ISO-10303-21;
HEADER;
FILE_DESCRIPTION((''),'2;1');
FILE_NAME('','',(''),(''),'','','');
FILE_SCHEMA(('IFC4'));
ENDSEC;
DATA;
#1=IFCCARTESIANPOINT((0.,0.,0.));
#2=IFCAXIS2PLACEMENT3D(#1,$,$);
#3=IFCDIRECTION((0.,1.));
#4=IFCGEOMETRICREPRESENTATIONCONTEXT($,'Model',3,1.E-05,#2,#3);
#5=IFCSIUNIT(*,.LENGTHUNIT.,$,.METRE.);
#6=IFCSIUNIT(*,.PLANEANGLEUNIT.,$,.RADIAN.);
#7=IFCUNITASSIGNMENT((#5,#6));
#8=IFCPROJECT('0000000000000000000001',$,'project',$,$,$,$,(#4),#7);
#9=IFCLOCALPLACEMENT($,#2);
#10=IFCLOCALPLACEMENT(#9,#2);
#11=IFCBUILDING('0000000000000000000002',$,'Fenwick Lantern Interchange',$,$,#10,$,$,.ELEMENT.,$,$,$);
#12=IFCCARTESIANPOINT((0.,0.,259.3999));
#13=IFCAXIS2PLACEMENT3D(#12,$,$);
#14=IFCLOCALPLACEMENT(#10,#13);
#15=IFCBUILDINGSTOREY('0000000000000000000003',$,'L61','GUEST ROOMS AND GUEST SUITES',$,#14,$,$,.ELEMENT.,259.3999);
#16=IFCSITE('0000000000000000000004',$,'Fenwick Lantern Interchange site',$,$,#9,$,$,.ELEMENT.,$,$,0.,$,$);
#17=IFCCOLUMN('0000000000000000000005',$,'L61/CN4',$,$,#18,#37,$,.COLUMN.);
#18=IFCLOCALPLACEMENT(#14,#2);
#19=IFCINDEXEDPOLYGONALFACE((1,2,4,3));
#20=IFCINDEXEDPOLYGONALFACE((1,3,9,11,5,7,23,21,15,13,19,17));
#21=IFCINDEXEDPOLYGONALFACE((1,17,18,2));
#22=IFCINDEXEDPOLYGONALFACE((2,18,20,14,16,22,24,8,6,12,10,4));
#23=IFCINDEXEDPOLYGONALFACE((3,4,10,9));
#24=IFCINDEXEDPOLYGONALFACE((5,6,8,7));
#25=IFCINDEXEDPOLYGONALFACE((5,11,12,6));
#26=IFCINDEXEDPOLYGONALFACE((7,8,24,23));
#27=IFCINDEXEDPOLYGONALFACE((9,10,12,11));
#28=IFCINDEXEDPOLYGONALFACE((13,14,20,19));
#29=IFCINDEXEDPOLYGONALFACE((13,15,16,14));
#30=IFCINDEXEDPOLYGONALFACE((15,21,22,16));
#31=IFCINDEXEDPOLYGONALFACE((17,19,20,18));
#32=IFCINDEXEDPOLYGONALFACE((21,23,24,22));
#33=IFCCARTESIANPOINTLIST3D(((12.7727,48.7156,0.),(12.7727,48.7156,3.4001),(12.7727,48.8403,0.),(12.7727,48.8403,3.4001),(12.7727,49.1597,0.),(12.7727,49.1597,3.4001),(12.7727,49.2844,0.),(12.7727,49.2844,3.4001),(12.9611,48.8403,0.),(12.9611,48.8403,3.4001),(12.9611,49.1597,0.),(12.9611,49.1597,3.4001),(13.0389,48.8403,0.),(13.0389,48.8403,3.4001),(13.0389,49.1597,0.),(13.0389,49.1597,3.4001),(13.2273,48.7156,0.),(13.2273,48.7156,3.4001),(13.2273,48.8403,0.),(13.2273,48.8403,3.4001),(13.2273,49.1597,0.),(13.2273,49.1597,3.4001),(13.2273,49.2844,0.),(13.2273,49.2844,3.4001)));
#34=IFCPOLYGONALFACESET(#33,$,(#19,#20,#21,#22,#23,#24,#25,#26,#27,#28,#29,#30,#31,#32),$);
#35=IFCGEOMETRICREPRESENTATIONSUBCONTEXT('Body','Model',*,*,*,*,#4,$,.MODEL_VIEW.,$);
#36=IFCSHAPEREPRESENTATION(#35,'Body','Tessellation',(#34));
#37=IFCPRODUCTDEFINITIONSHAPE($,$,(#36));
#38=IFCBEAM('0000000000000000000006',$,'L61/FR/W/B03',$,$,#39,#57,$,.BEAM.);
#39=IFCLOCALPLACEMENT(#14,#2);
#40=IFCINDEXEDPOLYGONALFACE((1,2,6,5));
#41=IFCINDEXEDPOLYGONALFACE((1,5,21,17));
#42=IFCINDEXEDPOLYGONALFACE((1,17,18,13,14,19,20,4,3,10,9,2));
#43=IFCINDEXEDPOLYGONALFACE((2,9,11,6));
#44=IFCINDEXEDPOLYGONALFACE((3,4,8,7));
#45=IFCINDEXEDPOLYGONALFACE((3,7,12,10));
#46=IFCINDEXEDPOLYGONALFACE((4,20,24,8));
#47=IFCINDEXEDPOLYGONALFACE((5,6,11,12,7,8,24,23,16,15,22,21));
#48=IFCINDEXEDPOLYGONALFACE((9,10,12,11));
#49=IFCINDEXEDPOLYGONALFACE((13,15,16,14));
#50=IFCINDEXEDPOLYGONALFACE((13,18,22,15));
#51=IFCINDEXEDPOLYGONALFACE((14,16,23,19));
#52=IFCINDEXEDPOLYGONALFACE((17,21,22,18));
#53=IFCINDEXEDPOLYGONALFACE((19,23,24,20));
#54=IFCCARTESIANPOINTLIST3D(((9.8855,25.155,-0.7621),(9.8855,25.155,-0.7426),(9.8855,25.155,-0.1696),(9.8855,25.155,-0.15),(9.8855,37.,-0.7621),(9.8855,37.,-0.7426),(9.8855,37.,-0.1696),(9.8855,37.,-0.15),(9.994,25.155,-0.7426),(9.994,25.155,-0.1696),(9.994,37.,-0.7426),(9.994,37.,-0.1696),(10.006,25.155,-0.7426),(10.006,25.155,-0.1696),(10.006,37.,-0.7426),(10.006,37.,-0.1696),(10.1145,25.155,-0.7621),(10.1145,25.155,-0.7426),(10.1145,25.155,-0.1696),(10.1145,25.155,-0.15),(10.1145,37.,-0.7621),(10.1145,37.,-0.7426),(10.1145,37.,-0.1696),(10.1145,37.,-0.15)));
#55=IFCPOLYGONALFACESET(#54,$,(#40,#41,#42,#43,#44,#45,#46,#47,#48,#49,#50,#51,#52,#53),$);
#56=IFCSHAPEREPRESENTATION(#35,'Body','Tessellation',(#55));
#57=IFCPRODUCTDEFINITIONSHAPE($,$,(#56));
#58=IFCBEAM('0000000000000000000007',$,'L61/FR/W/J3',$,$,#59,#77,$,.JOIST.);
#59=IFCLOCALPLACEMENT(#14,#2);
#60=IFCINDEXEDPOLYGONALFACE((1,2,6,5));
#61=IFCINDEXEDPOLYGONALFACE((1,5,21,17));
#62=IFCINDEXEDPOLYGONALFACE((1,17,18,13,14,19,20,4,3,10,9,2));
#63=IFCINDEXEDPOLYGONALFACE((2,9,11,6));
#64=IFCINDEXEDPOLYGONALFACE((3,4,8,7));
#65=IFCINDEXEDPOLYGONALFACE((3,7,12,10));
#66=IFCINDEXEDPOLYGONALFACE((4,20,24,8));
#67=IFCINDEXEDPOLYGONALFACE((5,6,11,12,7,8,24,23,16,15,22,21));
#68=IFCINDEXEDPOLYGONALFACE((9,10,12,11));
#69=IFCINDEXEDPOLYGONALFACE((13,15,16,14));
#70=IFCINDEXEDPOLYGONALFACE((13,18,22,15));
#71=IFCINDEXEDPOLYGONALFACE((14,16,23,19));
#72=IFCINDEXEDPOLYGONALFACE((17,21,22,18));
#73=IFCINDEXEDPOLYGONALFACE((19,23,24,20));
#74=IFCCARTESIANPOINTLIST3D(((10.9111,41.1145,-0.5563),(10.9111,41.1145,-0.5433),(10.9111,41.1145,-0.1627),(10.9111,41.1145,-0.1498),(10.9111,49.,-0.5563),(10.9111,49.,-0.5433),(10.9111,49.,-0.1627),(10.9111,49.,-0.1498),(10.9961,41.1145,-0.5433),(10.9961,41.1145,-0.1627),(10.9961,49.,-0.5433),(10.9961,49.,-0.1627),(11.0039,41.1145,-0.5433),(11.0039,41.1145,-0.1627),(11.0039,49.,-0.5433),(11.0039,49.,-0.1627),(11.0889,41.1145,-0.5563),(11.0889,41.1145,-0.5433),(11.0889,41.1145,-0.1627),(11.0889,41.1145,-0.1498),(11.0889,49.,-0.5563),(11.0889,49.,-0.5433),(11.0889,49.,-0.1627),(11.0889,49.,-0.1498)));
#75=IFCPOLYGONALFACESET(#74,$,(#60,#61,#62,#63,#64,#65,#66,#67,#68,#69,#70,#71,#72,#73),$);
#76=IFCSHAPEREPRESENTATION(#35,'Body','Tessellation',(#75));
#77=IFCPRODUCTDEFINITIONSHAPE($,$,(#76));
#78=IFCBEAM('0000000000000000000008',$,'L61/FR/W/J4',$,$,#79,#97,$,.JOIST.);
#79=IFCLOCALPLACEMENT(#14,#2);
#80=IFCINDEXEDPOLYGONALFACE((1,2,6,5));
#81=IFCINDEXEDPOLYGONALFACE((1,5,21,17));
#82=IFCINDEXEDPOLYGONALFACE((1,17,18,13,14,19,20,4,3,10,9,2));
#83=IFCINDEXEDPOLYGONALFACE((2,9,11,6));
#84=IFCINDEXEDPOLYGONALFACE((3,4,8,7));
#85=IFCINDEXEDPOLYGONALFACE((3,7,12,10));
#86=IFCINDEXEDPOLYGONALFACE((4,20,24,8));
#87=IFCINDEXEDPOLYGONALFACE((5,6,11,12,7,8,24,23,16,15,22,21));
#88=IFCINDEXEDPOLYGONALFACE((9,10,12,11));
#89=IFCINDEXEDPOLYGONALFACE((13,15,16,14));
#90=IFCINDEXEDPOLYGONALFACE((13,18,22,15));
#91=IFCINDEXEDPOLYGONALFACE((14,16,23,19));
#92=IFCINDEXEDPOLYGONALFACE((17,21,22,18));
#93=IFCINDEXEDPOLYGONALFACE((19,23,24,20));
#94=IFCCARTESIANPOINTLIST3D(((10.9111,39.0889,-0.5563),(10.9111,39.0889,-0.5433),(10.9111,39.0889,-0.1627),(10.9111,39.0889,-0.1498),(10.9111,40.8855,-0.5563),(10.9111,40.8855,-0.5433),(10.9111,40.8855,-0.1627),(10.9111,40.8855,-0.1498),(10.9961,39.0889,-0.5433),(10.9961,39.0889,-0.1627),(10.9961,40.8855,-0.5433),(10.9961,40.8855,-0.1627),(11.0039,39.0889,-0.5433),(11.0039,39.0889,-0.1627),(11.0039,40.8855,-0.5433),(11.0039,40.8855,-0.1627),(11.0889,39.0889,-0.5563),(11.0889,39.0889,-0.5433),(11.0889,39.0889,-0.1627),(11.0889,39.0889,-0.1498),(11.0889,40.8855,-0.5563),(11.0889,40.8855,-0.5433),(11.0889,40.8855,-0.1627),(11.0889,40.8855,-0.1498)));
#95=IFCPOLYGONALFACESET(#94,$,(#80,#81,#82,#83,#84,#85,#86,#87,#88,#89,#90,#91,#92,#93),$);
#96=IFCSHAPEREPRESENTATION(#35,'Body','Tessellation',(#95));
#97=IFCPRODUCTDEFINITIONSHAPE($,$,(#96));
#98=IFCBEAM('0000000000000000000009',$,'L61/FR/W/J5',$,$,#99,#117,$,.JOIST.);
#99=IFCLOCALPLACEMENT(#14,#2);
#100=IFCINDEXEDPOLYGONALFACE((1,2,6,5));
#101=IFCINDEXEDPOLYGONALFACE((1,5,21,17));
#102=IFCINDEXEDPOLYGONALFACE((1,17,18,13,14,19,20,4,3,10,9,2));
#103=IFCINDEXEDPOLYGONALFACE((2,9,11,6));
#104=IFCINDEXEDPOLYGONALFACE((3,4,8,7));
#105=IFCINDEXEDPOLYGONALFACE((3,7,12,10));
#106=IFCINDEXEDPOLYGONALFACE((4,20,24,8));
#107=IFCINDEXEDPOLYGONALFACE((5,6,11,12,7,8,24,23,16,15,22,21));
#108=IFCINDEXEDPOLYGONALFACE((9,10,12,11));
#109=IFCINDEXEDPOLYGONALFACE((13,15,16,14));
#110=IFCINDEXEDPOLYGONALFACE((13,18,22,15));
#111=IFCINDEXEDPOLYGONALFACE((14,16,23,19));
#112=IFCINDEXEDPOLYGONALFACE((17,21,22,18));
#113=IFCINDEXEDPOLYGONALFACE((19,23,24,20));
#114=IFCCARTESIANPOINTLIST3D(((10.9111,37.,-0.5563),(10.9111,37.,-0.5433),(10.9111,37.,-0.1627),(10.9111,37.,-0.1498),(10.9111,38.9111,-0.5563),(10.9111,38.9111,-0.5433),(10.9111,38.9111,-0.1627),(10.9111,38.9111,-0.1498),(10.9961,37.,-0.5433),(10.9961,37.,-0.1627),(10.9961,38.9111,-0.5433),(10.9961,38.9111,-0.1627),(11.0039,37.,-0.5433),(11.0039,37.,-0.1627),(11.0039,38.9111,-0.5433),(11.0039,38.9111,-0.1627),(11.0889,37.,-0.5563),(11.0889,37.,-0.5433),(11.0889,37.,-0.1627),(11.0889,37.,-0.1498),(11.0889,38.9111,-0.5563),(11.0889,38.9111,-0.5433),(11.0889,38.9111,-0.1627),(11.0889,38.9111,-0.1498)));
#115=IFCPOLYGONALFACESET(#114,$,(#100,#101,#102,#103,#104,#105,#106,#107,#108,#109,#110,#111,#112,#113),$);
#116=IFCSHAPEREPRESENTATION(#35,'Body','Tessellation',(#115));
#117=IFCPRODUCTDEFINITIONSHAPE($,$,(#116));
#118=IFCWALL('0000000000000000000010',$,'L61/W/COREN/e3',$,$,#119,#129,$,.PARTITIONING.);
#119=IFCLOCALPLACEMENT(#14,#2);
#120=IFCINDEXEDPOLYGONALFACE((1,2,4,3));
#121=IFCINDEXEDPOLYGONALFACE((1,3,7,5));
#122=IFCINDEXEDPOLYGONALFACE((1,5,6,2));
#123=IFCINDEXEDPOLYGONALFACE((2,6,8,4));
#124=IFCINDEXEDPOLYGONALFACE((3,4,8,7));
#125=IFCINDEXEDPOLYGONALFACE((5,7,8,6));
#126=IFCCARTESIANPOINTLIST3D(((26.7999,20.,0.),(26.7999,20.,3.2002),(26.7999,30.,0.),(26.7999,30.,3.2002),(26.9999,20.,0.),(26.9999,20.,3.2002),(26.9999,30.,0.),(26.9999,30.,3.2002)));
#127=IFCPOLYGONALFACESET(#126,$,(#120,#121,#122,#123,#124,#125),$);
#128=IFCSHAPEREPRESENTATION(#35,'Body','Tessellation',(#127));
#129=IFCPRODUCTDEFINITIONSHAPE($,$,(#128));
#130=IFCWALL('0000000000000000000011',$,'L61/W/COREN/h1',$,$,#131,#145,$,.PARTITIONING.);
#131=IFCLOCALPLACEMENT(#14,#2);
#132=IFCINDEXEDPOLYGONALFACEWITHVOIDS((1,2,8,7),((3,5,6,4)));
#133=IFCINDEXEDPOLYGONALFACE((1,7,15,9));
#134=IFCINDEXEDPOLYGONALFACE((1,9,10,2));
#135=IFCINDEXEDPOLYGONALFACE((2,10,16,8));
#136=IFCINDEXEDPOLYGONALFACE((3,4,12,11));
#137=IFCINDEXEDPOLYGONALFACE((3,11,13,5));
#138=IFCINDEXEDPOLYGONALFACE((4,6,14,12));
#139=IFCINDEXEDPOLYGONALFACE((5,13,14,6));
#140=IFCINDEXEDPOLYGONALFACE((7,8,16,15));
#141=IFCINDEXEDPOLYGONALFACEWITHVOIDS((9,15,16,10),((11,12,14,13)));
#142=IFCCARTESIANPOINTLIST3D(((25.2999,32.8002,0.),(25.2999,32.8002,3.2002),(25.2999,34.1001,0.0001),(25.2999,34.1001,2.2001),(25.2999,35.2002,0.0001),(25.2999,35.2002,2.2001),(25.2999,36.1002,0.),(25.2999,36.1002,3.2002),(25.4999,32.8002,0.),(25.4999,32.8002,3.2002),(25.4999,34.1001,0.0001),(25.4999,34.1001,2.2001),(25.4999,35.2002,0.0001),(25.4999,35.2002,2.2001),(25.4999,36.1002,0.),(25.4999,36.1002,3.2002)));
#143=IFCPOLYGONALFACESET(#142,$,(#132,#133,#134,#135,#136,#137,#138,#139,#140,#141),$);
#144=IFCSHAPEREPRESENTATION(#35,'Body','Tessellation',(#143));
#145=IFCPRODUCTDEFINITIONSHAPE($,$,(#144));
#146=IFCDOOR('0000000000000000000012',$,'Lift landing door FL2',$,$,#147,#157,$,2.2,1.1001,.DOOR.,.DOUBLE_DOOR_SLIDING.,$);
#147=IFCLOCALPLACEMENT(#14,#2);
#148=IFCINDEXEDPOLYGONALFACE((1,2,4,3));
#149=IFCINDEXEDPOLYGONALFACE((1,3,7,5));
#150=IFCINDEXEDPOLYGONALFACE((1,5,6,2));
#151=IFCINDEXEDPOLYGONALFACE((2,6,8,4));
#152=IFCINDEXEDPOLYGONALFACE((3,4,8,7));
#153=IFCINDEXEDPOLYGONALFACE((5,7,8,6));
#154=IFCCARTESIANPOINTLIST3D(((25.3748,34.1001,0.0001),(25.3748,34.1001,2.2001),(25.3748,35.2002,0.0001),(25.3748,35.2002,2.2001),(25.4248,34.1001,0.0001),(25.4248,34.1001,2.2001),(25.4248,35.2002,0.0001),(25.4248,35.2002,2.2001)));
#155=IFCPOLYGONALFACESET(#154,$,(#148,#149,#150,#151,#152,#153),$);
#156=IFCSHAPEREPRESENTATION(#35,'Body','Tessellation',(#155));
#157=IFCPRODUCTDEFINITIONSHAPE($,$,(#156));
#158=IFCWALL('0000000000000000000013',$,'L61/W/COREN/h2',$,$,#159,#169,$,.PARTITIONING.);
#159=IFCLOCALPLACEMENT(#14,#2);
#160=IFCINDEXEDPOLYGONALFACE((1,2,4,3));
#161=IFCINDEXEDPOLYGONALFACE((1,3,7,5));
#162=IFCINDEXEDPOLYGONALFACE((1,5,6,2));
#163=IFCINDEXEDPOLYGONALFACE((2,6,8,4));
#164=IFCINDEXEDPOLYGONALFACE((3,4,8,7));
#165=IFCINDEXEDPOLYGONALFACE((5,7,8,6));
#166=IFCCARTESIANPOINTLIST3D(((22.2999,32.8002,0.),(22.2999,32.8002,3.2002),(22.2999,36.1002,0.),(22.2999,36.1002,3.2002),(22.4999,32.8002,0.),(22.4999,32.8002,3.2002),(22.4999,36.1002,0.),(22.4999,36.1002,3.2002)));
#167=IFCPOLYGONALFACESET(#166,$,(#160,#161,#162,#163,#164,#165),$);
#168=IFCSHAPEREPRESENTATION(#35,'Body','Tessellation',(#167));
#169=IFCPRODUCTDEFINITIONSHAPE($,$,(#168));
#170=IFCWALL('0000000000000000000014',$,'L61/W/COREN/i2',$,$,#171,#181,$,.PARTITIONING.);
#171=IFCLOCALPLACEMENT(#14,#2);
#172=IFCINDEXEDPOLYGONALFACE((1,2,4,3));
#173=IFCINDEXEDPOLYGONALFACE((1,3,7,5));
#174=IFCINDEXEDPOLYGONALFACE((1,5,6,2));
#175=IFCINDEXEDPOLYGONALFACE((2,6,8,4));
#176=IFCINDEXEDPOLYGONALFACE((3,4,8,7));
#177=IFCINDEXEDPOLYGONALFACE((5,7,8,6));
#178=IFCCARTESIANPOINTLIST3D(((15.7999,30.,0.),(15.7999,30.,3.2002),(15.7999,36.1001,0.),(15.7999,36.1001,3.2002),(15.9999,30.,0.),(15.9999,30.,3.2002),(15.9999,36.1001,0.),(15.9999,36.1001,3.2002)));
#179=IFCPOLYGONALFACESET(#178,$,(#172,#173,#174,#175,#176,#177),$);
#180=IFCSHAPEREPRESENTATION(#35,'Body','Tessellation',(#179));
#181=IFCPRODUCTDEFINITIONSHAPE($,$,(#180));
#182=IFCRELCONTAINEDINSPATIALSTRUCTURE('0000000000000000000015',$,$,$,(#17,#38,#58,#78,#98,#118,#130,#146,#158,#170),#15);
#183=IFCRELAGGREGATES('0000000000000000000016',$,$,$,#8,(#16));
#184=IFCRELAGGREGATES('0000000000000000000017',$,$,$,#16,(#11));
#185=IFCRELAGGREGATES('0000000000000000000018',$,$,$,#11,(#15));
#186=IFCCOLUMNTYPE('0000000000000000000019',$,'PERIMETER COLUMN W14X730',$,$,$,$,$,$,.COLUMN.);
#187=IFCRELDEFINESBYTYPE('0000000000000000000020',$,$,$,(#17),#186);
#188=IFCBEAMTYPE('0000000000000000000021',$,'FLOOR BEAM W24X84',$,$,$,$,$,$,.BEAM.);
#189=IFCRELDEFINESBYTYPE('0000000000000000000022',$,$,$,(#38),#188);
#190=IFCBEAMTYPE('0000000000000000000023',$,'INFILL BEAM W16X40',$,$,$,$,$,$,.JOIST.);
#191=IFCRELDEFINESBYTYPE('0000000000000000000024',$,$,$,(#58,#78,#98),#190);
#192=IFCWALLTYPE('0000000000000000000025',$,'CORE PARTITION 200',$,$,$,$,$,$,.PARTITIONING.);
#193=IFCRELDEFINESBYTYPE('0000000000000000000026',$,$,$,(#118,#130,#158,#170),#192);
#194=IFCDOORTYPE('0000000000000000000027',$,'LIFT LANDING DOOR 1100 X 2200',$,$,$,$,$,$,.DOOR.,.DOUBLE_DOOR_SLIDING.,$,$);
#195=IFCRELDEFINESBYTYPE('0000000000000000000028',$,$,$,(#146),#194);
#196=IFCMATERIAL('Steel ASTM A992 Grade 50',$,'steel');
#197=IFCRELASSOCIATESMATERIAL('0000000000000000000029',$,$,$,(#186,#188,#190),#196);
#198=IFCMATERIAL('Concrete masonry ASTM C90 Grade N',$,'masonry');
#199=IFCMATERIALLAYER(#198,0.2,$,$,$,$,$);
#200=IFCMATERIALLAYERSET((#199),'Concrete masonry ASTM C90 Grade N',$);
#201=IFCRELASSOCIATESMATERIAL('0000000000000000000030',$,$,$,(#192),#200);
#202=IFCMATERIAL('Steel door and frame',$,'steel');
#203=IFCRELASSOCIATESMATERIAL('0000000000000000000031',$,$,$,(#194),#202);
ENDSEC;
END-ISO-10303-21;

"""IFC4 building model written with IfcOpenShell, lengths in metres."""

from ifc_helpers import new_model, si_unit, direction, frame, frame_2d, origin, origin_2d, place, context, subcontext, project, spatial, rectangle, i_section, extrude, material, layer, layer_set, material_profile, profile_set, type_object, element, fill, save


model = new_model("IFC4")

# Units and contexts
model_context = context("Model", 3, precision=1e-05, world=origin(), true_north=direction((0.0, 1.0)))
body_context = subcontext(model_context, "Body", "Model", "MODEL_VIEW")
ifc_project = project(units=[si_unit("LENGTHUNIT", "METRE"), si_unit("PLANEANGLEUNIT", "RADIAN")], contexts=[model_context])

# Site, building, storey
site_placement = place(None, origin())
site = spatial("IfcSite", under=ifc_project, at=site_placement, Name="Fenwick Lantern Interchange site", CompositionType="ELEMENT", RefElevation=0.0)
building_placement = place(site_placement, origin())
building = spatial("IfcBuilding", under=site, at=building_placement, Name="Fenwick Lantern Interchange", CompositionType="ELEMENT")
storey_placement = place(building_placement, frame((0.0, 0.0, 259.3999)))
storey = spatial("IfcBuildingStorey", under=building, at=storey_placement, Name="L61", Description="GUEST ROOMS AND GUEST SUITES", CompositionType="ELEMENT", Elevation=259.3999)

# Column
ifc_material_1 = material(Name="Steel ASTM A992 Grade 50", Category="steel")
ifc_material_profile_1 = material_profile(ifc_material_1, i_section(OverallWidth=0.4546, OverallDepth=0.5688, WebThickness=0.0779, FlangeThickness=0.1248, at=origin_2d()), Name="W14X730")
ifc_profile_set_1 = profile_set([ifc_material_profile_1], Name="Steel ASTM A992 Grade 50")
column_type = type_object("IfcColumnType", Name="PERIMETER COLUMN W14X730", PredefinedType="COLUMN", material=ifc_profile_set_1)
column_placement = place(storey_placement, frame((13.0, 49.0, 0.0), z_axis=(0.0, 0.0, 1.0), x_axis=(1.0, 0.0, 0.0)))
element("IfcColumn", 1, at=column_placement, inside=storey, type_object=column_type, Name="L61/CN4", PredefinedType="COLUMN", context=body_context, shape_type="SweptSolid", body=[
    extrude(i_section(OverallWidth=0.4546, OverallDepth=0.5688, WebThickness=0.0779, FlangeThickness=0.1248, at=origin_2d()), origin(), (0.0, 0.0, 1.0), 3.4001),
])

# Beams
ifc_material_profile_2 = material_profile(ifc_material_1, i_section(OverallWidth=0.229, OverallDepth=0.6121, WebThickness=0.012, FlangeThickness=0.0195, at=origin_2d()), Name="W24X84")
ifc_profile_set_2 = profile_set([ifc_material_profile_2], Name="Steel ASTM A992 Grade 50")
beam_type_1 = type_object("IfcBeamType", Name="FLOOR BEAM W24X84", PredefinedType="BEAM", material=ifc_profile_set_2)
beam_1_placement = place(storey_placement, frame((10.0, 37.0, -0.4561), z_axis=(0.0, -1.0, 0.0), x_axis=(1.0, 0.0, 0.0)))
element("IfcBeam", 2, at=beam_1_placement, inside=storey, type_object=beam_type_1, Name="L61/FR/W/B03", PredefinedType="BEAM", context=body_context, shape_type="SweptSolid", body=[
    extrude(i_section(OverallWidth=0.229, OverallDepth=0.6121, WebThickness=0.012, FlangeThickness=0.0195, at=origin_2d()), origin(), (0.0, 0.0, 1.0), 11.845),
])
ifc_material_profile_3 = material_profile(ifc_material_1, i_section(OverallWidth=0.1777, OverallDepth=0.4065, WebThickness=0.0078, FlangeThickness=0.0129, at=origin_2d()), Name="W16X40")
ifc_profile_set_3 = profile_set([ifc_material_profile_3], Name="Steel ASTM A992 Grade 50")
beam_type_2 = type_object("IfcBeamType", Name="INFILL BEAM W16X40", PredefinedType="JOIST", material=ifc_profile_set_3)
beam_2_placement = place(storey_placement, frame((11.0, 49.0, -0.353), z_axis=(0.0, -1.0, 0.0), x_axis=(1.0, 0.0, 0.0)))
element("IfcBeam", 3, at=beam_2_placement, inside=storey, type_object=beam_type_2, Name="L61/FR/W/J3", PredefinedType="JOIST", context=body_context, shape_type="SweptSolid", body=[
    extrude(i_section(OverallWidth=0.1777, OverallDepth=0.4065, WebThickness=0.0078, FlangeThickness=0.0129, at=origin_2d()), origin(), (0.0, 0.0, 1.0), 7.8855),
])
beam_3_placement = place(storey_placement, frame((11.0, 40.8855, -0.353), z_axis=(0.0, -1.0, 0.0), x_axis=(1.0, 0.0, 0.0)))
element("IfcBeam", 4, at=beam_3_placement, inside=storey, type_object=beam_type_2, Name="L61/FR/W/J4", PredefinedType="JOIST", context=body_context, shape_type="SweptSolid", body=[
    extrude(i_section(OverallWidth=0.1777, OverallDepth=0.4065, WebThickness=0.0078, FlangeThickness=0.0129, at=origin_2d()), origin(), (0.0, 0.0, 1.0), 1.7966),
])
beam_4_placement = place(storey_placement, frame((11.0, 38.9111, -0.353), z_axis=(0.0, -1.0, 0.0), x_axis=(1.0, 0.0, 0.0)))
element("IfcBeam", 5, at=beam_4_placement, inside=storey, type_object=beam_type_2, Name="L61/FR/W/J5", PredefinedType="JOIST", context=body_context, shape_type="SweptSolid", body=[
    extrude(i_section(OverallWidth=0.1777, OverallDepth=0.4065, WebThickness=0.0078, FlangeThickness=0.0129, at=origin_2d()), origin(), (0.0, 0.0, 1.0), 1.9111),
])

# Wall
ifc_material_2 = material(Name="Concrete masonry ASTM C90 Grade N", Category="masonry")
ifc_layer_1 = layer(ifc_material_2, 0.2)
ifc_layer_set_1 = layer_set([ifc_layer_1], Name="Concrete masonry ASTM C90 Grade N")
wall_type_1 = type_object("IfcWallType", Name="CORE PARTITION 200", PredefinedType="PARTITIONING", material=ifc_layer_set_1)
wall_1_placement = place(storey_placement, frame((26.8999, 30.0, 0.0), z_axis=(0.0, 0.0, 1.0), x_axis=(0.0, -1.0, 0.0)))
element("IfcWall", 6, at=wall_1_placement, inside=storey, type_object=wall_type_1, Name="L61/W/COREN/e3", PredefinedType="PARTITIONING", context=body_context, shape_type="SweptSolid", body=[
    extrude(rectangle(XDim=10.0, YDim=0.2, at=frame_2d((5.0, 0.0))), origin(), (0.0, 0.0, 1.0), 3.2002),
])

# Wall, opening, door
wall_2_placement = place(storey_placement, frame((25.3999, 36.1001, 0.0), z_axis=(0.0, 0.0, 1.0), x_axis=(0.0, -1.0, 0.0)))
wall_2 = element("IfcWall", 7, at=wall_2_placement, inside=storey, type_object=wall_type_1, Name="L61/W/COREN/h1", PredefinedType="PARTITIONING", context=body_context, shape_type="SweptSolid", body=[
    extrude(rectangle(XDim=3.3, YDim=0.2, at=frame_2d((1.6499, 0.0))), origin(), (0.0, 0.0, 1.0), 3.2002),
])
opening_1_placement = place(wall_2_placement, frame((0.8999, 0.0, 0.0)))
opening_1 = element("IfcOpeningElement", 8, at=opening_1_placement, cuts=wall_2, PredefinedType="OPENING", context=body_context, shape_type="SweptSolid", body=[
    extrude(rectangle(XDim=1.1001, YDim=2.2, at=frame_2d((0.55, 1.1001))), frame((0.0, 0.1099, 0.0), z_axis=(0.0, -1.0, 0.0), x_axis=(1.0, 0.0, 0.0)), (0.0, 0.0, 1.0), 0.22),
])
ifc_material_3 = material(Name="Steel door and frame", Category="steel")
door_type_1 = type_object("IfcDoorType", Name="LIFT LANDING DOOR 1100 X 2200", OperationType="DOUBLE_DOOR_SLIDING", PredefinedType="DOOR", material=ifc_material_3)
door_1_placement = place(opening_1_placement, origin())
door_1 = element("IfcDoor", 9, at=door_1_placement, inside=storey, type_object=door_type_1, Name="Lift landing door FL2", OperationType="DOUBLE_DOOR_SLIDING", OverallHeight=2.2, OverallWidth=1.1001, PredefinedType="DOOR", context=body_context, shape_type="SweptSolid", body=[
    extrude(rectangle(XDim=1.1001, YDim=2.2, at=frame_2d((0.55, 1.1001))), frame((0.0, 0.0249, 0.0), z_axis=(0.0, -1.0, 0.0), x_axis=(1.0, 0.0, 0.0)), (0.0, 0.0, 1.0), 0.05),
])
fill(opening_1, door_1)

# Walls
wall_3_placement = place(storey_placement, frame((22.3999, 36.1001, 0.0), z_axis=(0.0, 0.0, 1.0), x_axis=(0.0, -1.0, 0.0)))
element("IfcWall", 10, at=wall_3_placement, inside=storey, type_object=wall_type_1, Name="L61/W/COREN/h2", PredefinedType="PARTITIONING", context=body_context, shape_type="SweptSolid", body=[
    extrude(rectangle(XDim=3.3, YDim=0.2, at=frame_2d((1.6499, 0.0))), origin(), (0.0, 0.0, 1.0), 3.2002),
])
wall_4_placement = place(storey_placement, frame((15.8999, 36.1001, 0.0), z_axis=(0.0, 0.0, 1.0), x_axis=(0.0, -1.0, 0.0)))
element("IfcWall", 11, at=wall_4_placement, inside=storey, type_object=wall_type_1, Name="L61/W/COREN/i2", PredefinedType="PARTITIONING", context=body_context, shape_type="SweptSolid", body=[
    extrude(rectangle(XDim=6.1001, YDim=0.2, at=frame_2d((3.05, 0.0))), origin(), (0.0, 0.0, 1.0), 3.2002),
])

save(model, "model.ifc")
